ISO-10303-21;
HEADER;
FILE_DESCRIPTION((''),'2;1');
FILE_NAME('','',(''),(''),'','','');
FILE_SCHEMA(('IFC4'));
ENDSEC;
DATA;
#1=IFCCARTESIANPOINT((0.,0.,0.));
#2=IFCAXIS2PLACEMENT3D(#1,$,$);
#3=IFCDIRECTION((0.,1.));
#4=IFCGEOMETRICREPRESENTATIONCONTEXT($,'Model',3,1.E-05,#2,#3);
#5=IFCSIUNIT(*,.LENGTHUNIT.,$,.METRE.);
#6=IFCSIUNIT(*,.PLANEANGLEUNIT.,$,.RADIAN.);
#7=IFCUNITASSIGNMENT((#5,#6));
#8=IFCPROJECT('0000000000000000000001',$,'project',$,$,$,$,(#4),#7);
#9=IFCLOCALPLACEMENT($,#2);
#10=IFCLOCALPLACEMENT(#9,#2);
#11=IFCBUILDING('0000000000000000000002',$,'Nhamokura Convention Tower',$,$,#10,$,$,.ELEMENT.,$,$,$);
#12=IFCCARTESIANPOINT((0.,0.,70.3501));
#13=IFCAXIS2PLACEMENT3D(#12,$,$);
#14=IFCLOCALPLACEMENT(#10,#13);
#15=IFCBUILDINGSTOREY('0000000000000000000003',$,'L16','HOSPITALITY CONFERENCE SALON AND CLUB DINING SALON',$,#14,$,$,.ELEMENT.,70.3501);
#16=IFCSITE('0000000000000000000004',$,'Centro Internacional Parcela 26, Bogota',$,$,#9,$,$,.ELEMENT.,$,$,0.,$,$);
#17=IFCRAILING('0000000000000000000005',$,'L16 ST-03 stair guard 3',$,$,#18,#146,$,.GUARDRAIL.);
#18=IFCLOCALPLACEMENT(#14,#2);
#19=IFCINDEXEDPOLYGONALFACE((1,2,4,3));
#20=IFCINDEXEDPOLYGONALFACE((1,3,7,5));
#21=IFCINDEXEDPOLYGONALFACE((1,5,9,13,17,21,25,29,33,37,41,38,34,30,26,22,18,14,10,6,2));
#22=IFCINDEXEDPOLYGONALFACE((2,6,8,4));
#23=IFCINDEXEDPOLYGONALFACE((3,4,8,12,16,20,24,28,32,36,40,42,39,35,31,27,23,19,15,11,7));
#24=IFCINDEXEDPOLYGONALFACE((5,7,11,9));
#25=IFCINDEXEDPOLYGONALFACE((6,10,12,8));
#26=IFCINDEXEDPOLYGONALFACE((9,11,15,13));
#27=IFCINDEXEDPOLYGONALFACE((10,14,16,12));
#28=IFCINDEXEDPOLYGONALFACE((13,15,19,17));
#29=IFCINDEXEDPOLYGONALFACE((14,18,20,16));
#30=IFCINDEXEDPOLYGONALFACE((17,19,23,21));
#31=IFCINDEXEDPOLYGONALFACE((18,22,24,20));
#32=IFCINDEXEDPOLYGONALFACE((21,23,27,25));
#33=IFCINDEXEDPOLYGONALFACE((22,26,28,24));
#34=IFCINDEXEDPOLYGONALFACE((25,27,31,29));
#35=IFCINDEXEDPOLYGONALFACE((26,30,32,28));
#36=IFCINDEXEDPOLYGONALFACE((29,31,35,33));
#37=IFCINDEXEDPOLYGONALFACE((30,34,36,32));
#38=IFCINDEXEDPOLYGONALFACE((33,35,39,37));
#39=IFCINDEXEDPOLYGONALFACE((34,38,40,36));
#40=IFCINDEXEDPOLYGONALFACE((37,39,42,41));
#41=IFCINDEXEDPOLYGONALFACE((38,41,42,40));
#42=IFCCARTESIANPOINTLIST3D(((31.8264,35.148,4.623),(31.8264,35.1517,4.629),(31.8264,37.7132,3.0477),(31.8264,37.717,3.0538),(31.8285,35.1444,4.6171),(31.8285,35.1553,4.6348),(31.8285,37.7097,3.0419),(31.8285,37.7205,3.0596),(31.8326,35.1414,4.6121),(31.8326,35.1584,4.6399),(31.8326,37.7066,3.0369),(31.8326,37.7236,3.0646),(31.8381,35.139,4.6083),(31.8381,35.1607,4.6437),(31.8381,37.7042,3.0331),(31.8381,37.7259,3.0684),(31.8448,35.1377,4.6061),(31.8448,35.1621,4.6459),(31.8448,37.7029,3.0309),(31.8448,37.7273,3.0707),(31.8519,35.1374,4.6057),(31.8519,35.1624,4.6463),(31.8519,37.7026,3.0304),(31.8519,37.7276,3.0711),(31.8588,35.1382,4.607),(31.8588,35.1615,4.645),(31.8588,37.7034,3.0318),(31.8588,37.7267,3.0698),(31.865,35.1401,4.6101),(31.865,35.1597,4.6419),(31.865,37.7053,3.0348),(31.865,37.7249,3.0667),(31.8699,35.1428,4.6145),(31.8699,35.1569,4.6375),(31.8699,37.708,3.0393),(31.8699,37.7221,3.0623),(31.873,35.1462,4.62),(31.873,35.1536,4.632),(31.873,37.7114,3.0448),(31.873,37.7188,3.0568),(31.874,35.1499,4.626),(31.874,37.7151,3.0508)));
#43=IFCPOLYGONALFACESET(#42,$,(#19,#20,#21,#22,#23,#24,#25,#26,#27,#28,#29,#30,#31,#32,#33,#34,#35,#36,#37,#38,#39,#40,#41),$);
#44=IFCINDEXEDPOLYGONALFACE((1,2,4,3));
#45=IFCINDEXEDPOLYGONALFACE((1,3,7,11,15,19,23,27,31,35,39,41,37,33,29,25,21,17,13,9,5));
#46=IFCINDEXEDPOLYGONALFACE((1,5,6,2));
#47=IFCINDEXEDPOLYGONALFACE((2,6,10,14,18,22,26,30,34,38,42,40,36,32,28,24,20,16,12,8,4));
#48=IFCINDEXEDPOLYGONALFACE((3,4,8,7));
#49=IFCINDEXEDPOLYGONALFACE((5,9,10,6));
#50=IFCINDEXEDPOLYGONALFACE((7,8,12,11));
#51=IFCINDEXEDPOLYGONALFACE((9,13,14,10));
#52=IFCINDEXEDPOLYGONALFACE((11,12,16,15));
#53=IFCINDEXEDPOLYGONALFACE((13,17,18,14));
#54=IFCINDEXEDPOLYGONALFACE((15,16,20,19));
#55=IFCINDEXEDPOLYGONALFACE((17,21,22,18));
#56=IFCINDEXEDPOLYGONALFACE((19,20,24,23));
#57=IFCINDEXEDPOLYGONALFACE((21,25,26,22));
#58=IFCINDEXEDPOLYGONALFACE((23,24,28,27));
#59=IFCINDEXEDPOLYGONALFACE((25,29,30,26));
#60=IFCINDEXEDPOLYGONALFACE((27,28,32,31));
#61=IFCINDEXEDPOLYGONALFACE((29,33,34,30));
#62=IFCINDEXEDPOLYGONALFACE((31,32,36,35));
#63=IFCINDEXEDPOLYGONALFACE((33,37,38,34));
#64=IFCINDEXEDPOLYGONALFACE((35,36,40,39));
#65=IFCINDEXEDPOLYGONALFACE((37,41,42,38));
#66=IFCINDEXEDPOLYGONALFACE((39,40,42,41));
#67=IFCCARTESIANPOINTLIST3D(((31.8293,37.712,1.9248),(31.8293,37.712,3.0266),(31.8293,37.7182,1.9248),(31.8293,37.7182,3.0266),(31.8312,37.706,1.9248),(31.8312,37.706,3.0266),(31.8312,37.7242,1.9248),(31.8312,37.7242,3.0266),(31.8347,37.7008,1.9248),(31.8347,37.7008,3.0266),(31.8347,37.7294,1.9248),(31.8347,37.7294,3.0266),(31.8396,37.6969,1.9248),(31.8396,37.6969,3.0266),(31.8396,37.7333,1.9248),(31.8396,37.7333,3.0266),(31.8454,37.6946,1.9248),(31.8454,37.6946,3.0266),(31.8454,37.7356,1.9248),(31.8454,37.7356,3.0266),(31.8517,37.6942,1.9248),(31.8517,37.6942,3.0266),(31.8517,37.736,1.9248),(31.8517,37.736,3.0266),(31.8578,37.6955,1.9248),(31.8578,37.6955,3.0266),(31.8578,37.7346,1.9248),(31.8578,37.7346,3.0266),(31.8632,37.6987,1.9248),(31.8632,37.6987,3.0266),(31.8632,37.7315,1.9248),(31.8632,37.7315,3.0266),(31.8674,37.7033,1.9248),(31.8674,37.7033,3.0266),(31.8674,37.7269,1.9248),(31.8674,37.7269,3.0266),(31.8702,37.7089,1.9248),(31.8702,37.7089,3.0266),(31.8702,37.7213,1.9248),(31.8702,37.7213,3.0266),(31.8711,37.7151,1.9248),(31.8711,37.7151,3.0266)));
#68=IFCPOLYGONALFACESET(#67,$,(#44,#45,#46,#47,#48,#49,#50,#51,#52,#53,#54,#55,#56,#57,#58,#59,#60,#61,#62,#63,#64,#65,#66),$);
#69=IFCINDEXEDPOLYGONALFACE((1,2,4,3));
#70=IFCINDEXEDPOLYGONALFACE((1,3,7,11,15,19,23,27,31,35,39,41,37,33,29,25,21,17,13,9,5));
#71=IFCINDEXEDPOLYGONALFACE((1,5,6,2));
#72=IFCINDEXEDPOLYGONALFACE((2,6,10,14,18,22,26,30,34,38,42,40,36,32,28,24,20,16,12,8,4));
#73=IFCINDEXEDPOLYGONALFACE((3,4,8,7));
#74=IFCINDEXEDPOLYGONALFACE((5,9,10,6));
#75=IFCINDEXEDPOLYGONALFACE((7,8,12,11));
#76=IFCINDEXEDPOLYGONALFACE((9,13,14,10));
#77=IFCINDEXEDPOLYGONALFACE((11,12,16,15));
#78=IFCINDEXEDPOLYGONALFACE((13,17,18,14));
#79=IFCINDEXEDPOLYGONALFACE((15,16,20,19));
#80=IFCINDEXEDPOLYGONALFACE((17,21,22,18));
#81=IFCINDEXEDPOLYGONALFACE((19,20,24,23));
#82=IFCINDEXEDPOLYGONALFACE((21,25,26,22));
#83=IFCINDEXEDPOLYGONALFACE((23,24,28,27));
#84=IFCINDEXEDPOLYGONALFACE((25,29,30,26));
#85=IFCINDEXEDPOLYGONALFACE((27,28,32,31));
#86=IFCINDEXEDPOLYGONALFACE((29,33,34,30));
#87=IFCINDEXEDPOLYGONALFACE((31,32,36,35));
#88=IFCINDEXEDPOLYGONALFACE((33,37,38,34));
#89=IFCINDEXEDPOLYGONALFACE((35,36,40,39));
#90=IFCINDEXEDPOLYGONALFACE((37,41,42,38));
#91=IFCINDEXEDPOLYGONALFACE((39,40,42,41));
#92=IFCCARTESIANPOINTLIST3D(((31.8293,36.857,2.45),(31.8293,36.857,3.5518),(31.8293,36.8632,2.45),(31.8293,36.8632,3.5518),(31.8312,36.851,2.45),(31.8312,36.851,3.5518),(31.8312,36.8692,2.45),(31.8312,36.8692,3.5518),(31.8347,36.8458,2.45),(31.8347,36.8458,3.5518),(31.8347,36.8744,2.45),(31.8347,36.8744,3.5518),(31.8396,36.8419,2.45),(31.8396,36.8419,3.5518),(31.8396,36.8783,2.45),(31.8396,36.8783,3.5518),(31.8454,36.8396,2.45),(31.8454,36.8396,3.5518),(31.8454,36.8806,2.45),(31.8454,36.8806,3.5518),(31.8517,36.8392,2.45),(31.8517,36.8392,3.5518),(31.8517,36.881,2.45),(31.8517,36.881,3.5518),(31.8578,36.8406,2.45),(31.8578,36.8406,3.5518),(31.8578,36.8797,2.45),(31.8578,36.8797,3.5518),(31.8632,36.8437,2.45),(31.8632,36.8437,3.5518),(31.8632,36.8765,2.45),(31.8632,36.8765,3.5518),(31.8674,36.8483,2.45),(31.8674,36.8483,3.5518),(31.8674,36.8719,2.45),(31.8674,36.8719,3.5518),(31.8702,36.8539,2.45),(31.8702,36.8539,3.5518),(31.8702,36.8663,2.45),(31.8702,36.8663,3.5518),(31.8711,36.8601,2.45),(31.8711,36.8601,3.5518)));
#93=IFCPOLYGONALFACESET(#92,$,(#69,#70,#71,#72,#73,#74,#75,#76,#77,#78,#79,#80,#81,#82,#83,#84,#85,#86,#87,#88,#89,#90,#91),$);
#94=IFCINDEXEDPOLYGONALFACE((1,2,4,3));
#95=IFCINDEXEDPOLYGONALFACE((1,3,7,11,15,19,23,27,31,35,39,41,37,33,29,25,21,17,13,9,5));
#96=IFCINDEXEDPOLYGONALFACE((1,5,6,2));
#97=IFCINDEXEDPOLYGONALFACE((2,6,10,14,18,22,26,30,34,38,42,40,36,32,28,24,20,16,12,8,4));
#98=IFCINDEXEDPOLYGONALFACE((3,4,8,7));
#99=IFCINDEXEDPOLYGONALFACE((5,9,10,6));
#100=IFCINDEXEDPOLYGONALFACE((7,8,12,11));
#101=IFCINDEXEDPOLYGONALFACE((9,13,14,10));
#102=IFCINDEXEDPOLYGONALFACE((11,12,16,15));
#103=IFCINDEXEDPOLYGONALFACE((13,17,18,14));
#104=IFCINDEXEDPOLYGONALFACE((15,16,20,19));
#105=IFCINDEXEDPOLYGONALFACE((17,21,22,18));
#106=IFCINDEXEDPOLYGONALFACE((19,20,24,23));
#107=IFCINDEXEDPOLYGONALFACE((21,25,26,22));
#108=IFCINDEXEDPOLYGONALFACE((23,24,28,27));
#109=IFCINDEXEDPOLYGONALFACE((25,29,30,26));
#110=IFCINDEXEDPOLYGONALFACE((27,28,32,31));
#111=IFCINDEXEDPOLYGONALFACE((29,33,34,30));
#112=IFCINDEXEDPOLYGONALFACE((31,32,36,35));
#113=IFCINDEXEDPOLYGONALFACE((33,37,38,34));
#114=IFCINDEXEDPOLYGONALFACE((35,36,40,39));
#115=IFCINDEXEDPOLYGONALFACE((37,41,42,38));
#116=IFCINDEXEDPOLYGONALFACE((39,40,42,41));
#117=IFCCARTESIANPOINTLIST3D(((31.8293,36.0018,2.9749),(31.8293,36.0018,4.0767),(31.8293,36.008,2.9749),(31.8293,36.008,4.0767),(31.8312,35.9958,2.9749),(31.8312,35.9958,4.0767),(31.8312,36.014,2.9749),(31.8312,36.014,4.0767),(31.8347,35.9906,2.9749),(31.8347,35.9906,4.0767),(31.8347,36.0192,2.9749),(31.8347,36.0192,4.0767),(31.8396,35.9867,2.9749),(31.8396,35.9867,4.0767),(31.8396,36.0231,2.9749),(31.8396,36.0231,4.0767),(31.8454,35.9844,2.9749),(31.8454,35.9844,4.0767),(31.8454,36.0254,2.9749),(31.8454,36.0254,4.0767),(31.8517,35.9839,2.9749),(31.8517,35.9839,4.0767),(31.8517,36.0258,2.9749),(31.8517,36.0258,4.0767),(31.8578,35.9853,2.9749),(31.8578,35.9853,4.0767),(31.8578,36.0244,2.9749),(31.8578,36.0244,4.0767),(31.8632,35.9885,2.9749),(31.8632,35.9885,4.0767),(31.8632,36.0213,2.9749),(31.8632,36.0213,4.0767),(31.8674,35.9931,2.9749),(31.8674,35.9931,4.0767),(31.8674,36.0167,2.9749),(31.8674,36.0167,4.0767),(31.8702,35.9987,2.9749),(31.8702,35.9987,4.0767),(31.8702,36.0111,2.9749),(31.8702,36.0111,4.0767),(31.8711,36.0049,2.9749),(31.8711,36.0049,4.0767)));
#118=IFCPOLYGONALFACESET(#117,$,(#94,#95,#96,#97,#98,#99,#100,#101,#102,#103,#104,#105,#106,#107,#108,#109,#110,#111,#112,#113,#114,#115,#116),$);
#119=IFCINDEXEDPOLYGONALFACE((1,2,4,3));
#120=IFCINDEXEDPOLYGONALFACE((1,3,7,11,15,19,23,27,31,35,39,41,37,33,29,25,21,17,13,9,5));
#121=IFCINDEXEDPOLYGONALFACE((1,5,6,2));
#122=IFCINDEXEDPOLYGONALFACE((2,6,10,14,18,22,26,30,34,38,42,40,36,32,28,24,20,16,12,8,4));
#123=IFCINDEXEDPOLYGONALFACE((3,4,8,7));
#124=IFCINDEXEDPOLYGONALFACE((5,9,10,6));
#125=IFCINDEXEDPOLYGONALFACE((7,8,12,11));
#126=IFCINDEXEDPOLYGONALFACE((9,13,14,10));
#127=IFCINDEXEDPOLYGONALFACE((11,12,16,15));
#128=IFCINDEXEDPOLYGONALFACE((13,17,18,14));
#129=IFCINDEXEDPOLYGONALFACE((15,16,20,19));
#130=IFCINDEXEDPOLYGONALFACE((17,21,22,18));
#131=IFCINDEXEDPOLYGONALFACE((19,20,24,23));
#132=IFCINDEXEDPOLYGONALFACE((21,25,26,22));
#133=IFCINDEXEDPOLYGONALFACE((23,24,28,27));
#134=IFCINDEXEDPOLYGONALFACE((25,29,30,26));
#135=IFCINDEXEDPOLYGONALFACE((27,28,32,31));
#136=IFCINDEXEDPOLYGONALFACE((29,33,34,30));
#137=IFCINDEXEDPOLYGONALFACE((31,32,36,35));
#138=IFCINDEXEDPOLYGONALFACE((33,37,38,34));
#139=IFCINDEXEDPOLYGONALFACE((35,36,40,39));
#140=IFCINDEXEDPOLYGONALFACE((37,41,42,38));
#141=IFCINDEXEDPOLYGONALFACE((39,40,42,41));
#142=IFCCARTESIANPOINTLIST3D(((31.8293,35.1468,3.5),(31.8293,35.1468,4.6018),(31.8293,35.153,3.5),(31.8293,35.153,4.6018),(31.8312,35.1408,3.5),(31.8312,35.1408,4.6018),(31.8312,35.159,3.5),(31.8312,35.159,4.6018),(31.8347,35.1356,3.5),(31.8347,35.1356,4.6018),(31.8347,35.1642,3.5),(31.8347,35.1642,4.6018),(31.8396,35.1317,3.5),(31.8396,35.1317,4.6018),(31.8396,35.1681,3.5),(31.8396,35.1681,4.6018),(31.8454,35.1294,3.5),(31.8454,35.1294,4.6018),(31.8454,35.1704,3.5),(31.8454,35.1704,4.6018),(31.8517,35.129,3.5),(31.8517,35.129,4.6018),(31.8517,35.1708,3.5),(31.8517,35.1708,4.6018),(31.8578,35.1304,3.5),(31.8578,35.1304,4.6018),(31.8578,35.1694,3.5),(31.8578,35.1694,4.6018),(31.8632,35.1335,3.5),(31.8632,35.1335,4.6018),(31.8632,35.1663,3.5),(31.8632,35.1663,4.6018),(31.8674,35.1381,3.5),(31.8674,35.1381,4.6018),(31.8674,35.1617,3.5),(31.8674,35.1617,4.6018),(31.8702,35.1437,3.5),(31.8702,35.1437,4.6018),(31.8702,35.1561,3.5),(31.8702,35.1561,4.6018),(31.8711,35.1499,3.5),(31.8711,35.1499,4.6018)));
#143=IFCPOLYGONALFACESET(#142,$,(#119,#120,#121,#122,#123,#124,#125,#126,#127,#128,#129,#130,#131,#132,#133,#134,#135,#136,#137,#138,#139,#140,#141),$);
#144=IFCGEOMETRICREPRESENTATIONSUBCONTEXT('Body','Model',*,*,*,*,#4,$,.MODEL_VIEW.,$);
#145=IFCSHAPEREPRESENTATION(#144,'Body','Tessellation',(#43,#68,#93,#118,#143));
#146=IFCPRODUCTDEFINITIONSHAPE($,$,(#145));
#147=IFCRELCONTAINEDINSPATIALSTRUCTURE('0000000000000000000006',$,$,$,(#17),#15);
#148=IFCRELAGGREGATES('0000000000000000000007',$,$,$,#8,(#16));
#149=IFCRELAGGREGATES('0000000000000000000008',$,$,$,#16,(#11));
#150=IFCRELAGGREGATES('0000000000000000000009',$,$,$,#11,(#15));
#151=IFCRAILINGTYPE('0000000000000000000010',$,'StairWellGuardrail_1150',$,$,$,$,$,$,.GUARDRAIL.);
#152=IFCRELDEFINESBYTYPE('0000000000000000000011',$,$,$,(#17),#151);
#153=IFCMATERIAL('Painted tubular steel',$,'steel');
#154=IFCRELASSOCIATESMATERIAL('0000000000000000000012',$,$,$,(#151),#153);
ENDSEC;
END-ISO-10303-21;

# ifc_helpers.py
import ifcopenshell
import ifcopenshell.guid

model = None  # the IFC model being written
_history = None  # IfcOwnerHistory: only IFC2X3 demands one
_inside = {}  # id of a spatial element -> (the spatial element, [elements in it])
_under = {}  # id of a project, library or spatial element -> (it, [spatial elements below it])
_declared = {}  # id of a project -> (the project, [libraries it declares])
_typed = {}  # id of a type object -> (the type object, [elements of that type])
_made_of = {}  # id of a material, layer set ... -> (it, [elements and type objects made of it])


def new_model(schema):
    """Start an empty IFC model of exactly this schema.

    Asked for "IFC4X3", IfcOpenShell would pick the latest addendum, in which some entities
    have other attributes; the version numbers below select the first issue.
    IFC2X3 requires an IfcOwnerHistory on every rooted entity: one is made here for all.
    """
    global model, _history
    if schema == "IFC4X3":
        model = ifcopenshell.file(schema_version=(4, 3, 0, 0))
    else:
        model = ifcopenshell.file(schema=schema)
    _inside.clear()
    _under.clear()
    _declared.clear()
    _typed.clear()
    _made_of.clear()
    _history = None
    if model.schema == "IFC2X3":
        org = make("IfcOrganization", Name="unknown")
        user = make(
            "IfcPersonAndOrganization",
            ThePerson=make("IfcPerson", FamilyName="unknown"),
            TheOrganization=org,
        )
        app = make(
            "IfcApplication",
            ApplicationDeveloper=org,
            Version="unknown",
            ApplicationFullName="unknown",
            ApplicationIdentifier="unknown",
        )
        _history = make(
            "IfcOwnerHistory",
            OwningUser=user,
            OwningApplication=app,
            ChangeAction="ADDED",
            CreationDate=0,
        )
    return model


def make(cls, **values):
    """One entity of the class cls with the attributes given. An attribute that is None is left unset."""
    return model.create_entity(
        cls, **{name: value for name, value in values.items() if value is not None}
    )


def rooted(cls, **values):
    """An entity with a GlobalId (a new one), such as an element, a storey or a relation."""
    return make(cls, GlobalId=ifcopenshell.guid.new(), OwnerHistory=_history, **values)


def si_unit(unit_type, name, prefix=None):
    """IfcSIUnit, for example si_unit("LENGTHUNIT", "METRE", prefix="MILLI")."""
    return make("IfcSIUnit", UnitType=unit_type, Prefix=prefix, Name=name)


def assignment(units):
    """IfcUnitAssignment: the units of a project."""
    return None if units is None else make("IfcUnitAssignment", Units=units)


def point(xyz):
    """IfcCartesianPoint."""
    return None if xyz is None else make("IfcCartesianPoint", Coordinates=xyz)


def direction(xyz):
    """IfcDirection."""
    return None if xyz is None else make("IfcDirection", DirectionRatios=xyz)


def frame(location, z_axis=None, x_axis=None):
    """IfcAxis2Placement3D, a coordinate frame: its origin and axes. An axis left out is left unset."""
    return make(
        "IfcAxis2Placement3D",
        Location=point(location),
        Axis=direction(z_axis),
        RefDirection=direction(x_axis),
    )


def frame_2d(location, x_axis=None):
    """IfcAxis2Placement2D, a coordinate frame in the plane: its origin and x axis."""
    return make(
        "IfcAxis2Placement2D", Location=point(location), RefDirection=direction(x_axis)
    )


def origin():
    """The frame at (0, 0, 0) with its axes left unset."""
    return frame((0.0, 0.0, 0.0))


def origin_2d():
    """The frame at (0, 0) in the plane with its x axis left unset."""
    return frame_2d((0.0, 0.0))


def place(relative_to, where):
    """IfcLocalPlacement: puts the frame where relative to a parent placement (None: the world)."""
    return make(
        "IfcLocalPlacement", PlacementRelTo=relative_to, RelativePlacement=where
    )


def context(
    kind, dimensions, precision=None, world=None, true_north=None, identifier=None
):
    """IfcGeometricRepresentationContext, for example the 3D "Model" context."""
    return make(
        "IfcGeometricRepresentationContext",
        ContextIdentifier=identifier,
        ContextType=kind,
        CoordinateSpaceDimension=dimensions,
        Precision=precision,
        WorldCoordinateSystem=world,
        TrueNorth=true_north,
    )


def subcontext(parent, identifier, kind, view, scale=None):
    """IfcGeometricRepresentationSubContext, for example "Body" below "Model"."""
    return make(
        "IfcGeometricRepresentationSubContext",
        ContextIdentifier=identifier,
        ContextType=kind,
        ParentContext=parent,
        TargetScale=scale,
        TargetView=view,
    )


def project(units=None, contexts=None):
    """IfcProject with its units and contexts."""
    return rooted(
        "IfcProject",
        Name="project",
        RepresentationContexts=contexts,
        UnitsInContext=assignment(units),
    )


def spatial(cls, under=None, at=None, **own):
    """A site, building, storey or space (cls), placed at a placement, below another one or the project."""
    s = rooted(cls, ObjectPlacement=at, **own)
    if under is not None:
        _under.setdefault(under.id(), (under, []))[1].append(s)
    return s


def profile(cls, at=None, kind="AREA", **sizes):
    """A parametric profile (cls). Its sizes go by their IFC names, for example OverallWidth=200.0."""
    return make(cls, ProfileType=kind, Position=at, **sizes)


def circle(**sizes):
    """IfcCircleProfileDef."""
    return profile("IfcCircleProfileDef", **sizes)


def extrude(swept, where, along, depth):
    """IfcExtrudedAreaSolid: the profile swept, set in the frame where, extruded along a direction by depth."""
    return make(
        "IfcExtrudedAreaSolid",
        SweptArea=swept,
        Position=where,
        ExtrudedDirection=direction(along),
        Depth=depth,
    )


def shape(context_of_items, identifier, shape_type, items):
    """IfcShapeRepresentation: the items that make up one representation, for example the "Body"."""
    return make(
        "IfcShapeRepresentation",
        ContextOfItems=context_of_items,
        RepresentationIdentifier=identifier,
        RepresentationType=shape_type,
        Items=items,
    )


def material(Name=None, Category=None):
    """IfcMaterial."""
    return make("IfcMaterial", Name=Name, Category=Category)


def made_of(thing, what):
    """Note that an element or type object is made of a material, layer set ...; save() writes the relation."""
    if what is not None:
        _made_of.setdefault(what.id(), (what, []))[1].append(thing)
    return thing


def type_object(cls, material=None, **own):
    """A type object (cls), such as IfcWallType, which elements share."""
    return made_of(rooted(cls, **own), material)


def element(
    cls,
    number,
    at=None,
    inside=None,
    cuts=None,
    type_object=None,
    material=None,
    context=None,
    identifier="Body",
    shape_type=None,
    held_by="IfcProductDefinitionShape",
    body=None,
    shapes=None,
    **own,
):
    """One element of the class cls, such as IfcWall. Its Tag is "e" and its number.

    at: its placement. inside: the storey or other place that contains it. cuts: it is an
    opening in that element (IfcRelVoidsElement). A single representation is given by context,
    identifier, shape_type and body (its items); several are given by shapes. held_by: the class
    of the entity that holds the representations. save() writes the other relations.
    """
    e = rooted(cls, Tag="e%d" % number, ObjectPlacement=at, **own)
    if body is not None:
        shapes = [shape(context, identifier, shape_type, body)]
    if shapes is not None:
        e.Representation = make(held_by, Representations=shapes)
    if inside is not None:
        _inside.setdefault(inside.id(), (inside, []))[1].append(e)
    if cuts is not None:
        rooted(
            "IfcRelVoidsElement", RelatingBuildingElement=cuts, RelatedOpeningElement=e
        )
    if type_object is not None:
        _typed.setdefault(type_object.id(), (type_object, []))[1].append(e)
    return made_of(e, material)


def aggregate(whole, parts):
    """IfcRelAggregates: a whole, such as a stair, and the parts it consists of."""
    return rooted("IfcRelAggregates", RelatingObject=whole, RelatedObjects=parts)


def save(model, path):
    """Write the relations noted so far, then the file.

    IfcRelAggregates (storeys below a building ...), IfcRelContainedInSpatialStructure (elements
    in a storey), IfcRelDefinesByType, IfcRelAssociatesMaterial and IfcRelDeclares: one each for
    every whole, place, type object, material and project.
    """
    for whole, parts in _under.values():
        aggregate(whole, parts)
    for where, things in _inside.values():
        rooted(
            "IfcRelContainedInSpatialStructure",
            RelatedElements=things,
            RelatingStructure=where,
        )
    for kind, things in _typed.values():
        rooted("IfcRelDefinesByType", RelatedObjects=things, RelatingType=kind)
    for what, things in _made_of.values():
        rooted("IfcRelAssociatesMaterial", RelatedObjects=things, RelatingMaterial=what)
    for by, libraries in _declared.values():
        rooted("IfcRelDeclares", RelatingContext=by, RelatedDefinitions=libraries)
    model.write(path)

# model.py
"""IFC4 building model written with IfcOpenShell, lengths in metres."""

from ifc_helpers import new_model, si_unit, direction, frame, origin, origin_2d, place, context, subcontext, project, spatial, circle, extrude, material, type_object, element, save


model = new_model("IFC4")

# Units and contexts
model_context = context("Model", 3, precision=1e-05, world=origin(), true_north=direction((0.0, 1.0)))
body_context = subcontext(model_context, "Body", "Model", "MODEL_VIEW")
ifc_project = project(units=[si_unit("LENGTHUNIT", "METRE"), si_unit("PLANEANGLEUNIT", "RADIAN")], contexts=[model_context])

# Site, building, storey
site_placement = place(None, origin())
site = spatial("IfcSite", under=ifc_project, at=site_placement, Name="Centro Internacional Parcela 26, Bogota", CompositionType="ELEMENT", RefElevation=0.0)
building_placement = place(site_placement, origin())
building = spatial("IfcBuilding", under=site, at=building_placement, Name="Nhamokura Convention Tower", CompositionType="ELEMENT")
storey_placement = place(building_placement, frame((0.0, 0.0, 70.3501)))
storey = spatial("IfcBuildingStorey", under=building, at=storey_placement, Name="L16", Description="HOSPITALITY CONFERENCE SALON AND CLUB DINING SALON", CompositionType="ELEMENT", Elevation=70.3501)

# Railing
ifc_material_1 = material(Name="Painted tubular steel", Category="steel")
railing_type_1 = type_object("IfcRailingType", Name="StairWellGuardrail_1150", PredefinedType="GUARDRAIL", material=ifc_material_1)
railing_1_placement = place(storey_placement, frame((31.8501, 37.7151, 1.9248)))
element("IfcRailing", 1, at=railing_1_placement, inside=storey, type_object=railing_type_1, Name="L16 ST-03 stair guard 3", PredefinedType="GUARDRAIL", context=body_context, shape_type="SweptSolid", body=[
    extrude(circle(Radius=0.0239, at=origin_2d()), frame((0.0, 0.0, 1.126), z_axis=(0.0, -0.852159, 0.523283), x_axis=(1.0, 0.0, 0.0)), (0.0, 0.0, 1.0), 3.0103),
    extrude(circle(Radius=0.021, at=origin_2d()), origin(), (0.0, 0.0, 1.0), 1.1018),
    extrude(circle(Radius=0.021, at=origin_2d()), frame((0.0, -0.855, 0.5251)), (0.0, 0.0, 1.0), 1.1018),
    extrude(circle(Radius=0.021, at=origin_2d()), frame((0.0, -1.7102, 1.05)), (0.0, 0.0, 1.0), 1.1018),
    extrude(circle(Radius=0.021, at=origin_2d()), frame((0.0, -2.5652, 1.5752)), (0.0, 0.0, 1.0), 1.1018),
])

save(model, "model.ifc")
